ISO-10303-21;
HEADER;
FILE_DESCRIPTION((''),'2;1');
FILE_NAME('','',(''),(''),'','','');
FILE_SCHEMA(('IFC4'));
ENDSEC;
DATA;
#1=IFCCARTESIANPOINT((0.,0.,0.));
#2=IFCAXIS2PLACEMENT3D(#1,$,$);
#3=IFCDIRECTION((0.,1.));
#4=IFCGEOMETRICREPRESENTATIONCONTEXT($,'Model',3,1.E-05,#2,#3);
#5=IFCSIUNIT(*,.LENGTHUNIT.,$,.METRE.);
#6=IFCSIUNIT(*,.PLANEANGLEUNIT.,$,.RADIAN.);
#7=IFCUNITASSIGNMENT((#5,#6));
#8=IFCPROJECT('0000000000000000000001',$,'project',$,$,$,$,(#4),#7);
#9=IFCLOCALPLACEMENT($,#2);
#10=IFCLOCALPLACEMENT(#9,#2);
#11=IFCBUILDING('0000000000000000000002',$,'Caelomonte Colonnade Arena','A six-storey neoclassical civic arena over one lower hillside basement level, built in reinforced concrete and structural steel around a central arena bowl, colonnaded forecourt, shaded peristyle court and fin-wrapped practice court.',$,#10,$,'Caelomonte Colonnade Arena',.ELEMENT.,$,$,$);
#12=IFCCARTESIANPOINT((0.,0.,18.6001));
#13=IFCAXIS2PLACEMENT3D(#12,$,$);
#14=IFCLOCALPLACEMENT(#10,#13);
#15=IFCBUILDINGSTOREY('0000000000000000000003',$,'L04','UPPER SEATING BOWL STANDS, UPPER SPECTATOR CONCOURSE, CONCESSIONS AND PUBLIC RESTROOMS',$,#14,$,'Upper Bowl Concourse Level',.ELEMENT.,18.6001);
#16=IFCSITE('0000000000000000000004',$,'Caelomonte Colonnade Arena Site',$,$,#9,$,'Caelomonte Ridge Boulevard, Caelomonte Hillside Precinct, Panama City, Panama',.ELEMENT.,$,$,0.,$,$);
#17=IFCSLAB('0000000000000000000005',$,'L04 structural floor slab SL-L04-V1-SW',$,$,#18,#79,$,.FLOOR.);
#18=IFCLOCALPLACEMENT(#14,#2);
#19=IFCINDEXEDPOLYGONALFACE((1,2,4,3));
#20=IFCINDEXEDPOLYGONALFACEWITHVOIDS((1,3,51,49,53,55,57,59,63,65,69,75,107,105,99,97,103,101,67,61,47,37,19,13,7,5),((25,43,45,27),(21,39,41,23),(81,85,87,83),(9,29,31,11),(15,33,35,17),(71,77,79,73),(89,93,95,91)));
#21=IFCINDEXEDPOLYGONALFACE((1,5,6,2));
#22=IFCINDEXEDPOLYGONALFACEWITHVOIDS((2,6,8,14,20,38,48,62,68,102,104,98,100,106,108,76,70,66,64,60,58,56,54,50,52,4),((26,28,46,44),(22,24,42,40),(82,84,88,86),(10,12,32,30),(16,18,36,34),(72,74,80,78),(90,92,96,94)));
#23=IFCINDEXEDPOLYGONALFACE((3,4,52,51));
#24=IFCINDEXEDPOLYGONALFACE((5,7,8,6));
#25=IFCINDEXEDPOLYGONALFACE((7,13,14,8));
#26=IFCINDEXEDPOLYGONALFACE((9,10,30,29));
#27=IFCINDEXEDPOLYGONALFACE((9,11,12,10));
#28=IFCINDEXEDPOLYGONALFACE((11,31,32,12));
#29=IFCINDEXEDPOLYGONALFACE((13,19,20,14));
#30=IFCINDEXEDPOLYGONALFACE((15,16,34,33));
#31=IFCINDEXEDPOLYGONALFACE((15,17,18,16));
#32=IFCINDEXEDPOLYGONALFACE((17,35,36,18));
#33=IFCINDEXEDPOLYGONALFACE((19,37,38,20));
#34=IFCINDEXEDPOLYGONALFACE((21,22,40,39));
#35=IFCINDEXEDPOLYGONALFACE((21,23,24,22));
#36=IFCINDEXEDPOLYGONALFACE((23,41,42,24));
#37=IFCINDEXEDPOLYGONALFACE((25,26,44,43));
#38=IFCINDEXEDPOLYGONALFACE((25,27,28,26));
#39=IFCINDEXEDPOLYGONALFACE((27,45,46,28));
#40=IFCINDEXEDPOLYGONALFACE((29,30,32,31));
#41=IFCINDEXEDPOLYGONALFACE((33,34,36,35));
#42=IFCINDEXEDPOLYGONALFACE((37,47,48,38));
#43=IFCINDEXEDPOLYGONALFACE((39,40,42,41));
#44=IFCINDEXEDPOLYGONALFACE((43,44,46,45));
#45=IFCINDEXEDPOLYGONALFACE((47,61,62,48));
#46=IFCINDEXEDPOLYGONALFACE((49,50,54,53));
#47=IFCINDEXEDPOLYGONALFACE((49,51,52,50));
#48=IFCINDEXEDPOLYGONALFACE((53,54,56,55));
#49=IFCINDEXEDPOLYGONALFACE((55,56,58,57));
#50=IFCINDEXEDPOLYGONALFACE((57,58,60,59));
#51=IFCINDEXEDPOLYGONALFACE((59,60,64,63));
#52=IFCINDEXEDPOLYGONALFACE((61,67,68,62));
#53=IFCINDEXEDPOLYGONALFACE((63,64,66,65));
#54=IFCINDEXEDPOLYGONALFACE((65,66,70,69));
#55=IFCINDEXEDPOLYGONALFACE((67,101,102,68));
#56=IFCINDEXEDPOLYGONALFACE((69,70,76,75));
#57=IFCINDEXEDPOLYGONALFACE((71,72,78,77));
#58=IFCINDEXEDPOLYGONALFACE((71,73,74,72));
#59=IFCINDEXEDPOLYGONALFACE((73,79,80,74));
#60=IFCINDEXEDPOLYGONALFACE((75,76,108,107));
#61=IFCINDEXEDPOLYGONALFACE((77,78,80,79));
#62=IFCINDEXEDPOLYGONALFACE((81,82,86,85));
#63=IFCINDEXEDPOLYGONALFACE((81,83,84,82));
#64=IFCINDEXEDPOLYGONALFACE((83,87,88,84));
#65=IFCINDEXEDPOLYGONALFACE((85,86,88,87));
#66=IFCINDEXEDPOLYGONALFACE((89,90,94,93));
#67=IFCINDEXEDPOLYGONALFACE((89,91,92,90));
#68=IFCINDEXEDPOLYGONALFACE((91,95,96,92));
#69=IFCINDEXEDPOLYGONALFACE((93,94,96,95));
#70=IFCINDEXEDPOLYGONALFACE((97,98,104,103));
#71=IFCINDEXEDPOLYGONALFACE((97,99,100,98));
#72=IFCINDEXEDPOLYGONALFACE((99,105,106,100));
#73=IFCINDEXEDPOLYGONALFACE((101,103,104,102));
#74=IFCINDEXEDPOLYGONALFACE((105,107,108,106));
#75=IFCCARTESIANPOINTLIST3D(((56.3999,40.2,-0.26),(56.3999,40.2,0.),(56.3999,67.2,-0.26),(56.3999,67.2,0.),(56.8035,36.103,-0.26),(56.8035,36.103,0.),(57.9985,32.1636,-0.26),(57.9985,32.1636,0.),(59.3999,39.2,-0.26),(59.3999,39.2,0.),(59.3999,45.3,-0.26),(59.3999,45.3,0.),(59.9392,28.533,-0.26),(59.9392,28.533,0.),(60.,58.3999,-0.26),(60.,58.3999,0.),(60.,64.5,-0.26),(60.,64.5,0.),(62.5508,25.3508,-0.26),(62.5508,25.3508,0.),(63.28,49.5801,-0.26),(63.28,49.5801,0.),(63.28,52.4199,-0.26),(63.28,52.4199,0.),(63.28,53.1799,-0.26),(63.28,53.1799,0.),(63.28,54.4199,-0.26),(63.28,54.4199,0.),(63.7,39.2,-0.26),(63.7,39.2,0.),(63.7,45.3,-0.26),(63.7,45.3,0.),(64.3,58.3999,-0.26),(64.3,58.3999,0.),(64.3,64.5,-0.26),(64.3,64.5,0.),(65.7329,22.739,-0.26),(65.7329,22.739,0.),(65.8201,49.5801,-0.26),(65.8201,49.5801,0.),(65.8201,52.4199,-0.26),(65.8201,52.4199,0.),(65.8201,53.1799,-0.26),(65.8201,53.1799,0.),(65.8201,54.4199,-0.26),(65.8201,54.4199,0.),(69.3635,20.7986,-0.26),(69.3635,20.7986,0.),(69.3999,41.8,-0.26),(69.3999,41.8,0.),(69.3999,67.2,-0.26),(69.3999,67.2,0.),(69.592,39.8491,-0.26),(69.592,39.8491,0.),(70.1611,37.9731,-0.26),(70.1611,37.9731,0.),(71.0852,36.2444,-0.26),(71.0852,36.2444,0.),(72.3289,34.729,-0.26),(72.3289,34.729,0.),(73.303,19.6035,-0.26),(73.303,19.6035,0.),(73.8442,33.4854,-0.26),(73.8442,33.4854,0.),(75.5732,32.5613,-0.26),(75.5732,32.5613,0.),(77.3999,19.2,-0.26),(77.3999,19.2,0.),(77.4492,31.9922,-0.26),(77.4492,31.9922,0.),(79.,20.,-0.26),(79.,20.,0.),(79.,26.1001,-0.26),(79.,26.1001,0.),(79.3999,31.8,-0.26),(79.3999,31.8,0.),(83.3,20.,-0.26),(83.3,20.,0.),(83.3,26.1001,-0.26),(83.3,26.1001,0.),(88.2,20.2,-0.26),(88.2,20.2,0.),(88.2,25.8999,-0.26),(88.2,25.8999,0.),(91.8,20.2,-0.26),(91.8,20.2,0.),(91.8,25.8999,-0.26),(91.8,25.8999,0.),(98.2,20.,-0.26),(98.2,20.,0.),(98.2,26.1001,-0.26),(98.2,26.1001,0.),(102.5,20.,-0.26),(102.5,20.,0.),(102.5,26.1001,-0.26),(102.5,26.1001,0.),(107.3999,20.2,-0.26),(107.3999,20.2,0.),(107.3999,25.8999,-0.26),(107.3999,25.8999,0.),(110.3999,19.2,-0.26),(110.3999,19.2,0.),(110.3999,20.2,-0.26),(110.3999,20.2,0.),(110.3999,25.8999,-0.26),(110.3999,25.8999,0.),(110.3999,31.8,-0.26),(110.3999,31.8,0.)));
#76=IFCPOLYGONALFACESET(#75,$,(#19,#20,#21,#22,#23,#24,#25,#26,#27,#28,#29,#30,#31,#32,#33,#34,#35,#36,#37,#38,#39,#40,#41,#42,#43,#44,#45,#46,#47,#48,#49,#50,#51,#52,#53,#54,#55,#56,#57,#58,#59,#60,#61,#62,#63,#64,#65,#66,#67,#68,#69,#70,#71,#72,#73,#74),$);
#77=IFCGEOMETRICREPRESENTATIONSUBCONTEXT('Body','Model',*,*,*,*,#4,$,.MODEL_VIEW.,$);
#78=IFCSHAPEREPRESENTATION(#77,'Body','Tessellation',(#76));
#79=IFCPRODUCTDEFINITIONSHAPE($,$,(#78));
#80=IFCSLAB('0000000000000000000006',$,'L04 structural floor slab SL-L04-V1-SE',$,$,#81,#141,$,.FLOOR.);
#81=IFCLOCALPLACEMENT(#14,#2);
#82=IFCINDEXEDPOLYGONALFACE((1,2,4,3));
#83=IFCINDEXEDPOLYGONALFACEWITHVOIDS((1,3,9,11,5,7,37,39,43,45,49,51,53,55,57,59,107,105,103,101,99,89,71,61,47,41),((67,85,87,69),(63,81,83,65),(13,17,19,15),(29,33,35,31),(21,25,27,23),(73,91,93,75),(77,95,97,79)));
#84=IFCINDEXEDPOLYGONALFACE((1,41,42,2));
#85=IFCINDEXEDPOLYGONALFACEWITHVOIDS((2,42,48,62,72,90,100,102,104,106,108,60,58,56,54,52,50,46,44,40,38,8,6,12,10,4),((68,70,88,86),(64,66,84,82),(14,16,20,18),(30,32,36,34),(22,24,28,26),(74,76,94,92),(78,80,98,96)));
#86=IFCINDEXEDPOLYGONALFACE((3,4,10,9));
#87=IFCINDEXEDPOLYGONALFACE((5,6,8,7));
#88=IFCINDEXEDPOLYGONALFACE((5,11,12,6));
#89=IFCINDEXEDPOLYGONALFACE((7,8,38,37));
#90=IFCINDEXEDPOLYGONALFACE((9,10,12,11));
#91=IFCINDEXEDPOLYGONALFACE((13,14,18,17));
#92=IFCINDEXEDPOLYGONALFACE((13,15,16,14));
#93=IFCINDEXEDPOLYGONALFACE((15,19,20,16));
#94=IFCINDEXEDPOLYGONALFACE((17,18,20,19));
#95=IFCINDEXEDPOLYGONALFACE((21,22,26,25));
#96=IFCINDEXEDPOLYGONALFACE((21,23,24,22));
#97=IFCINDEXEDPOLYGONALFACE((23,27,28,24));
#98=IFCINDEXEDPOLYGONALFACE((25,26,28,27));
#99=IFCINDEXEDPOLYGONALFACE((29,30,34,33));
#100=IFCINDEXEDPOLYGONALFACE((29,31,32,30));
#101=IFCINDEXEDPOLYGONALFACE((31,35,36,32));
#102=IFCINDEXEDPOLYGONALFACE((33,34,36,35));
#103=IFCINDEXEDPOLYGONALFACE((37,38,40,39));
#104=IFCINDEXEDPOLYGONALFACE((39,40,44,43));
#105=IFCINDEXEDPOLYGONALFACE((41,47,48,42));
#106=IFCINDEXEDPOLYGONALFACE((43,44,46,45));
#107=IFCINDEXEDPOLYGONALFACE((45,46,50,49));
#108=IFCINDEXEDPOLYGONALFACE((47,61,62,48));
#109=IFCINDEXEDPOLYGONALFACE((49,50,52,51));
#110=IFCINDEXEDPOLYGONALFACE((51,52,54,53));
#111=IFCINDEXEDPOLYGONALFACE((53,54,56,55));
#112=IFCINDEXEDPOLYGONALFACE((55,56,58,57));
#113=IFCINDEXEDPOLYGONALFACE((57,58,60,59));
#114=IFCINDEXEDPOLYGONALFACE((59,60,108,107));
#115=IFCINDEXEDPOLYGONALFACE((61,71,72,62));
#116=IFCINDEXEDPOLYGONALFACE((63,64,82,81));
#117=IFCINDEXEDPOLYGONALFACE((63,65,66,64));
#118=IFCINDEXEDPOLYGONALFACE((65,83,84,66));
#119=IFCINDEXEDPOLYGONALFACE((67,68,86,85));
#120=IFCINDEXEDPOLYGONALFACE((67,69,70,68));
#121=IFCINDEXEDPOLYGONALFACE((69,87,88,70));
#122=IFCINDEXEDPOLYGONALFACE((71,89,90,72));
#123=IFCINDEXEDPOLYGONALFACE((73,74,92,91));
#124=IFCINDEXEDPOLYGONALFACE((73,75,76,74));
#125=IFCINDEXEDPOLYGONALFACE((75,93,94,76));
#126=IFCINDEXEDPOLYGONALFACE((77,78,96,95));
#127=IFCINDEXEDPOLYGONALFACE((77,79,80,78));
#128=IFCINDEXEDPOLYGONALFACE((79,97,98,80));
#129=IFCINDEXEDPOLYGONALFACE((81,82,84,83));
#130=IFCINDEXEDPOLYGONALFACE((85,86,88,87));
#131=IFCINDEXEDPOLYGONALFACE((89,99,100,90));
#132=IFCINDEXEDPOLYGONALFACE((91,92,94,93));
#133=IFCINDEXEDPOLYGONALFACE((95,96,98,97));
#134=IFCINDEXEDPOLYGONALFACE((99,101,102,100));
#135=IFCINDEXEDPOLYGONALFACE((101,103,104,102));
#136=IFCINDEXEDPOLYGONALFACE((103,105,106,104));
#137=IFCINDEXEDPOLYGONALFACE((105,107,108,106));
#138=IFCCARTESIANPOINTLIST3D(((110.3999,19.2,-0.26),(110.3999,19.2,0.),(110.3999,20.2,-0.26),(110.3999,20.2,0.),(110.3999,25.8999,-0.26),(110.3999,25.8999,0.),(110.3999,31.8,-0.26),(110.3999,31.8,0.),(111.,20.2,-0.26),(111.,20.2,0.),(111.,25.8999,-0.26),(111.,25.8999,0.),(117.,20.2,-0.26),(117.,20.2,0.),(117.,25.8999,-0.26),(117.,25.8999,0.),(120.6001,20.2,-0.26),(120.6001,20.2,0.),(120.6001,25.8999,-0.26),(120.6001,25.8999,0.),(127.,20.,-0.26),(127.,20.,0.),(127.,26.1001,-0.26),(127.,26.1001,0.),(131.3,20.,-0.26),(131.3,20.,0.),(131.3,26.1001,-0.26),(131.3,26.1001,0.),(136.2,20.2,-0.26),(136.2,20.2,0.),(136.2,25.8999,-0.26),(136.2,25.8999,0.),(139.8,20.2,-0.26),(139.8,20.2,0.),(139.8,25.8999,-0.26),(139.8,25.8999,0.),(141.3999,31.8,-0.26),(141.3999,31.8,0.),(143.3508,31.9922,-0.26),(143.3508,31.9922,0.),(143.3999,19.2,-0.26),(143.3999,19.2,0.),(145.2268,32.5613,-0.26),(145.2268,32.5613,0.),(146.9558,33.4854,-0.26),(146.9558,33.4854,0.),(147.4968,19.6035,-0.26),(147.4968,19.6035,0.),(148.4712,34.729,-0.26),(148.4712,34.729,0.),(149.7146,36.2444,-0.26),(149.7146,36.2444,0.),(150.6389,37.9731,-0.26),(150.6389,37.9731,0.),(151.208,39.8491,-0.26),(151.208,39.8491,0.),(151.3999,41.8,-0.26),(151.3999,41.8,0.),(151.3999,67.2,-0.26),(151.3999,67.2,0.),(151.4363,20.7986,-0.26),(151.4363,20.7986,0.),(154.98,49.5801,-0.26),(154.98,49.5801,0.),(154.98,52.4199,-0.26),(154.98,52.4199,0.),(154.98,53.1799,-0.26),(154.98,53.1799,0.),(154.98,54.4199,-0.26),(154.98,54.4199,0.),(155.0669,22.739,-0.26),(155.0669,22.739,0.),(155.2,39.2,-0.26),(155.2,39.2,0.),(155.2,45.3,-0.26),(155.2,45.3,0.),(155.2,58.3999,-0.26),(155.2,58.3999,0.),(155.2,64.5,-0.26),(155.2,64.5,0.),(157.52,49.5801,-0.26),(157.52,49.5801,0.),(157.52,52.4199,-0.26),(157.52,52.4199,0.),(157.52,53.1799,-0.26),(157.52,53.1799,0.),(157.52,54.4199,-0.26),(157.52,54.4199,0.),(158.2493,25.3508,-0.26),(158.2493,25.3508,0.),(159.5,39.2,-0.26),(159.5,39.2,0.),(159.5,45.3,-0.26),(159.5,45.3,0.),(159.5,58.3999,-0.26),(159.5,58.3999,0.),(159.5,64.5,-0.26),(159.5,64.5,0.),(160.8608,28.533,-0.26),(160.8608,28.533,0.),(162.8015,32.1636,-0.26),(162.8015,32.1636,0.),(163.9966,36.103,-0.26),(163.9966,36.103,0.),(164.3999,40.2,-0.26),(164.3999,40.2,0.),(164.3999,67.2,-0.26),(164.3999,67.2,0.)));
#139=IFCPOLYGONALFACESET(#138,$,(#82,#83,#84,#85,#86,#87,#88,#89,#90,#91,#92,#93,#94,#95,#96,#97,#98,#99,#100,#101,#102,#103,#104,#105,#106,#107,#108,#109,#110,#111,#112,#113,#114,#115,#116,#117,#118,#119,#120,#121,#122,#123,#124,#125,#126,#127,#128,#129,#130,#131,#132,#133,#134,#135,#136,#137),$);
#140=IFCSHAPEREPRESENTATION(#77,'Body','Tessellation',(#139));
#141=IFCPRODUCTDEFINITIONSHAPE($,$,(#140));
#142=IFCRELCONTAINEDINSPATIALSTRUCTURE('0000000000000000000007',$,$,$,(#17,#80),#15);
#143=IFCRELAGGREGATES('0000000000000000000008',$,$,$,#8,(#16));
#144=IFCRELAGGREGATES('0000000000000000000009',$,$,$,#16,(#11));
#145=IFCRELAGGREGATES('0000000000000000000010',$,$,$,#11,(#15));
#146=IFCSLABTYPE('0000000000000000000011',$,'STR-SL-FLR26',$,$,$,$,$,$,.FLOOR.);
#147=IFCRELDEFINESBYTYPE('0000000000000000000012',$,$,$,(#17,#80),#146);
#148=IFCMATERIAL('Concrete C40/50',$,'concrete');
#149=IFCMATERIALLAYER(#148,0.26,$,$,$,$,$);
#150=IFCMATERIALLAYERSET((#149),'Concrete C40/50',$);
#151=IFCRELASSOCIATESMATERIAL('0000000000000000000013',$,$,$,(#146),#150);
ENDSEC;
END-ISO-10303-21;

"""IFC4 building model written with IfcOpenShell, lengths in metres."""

from ifc_helpers import new_model, si_unit, direction, frame, origin, place, context, subcontext, project, spatial, polyline, outline, extrude, material, layer, layer_set, type_object, element, save


model = new_model("IFC4")

# Units and contexts
model_context = context("Model", 3, precision=1e-05, world=origin(), true_north=direction((0.0, 1.0)))
body_context = subcontext(model_context, "Body", "Model", "MODEL_VIEW")
ifc_project = project(units=[si_unit("LENGTHUNIT", "METRE"), si_unit("PLANEANGLEUNIT", "RADIAN")], contexts=[model_context])

# Site, building, storey
site_placement = place(None, origin())
site = spatial("IfcSite", under=ifc_project, at=site_placement, Name="Caelomonte Colonnade Arena Site", LongName="Caelomonte Ridge Boulevard, Caelomonte Hillside Precinct, Panama City, Panama", CompositionType="ELEMENT", RefElevation=0.0)
building_placement = place(site_placement, origin())
building = spatial("IfcBuilding", under=site, at=building_placement, Name="Caelomonte Colonnade Arena", Description="A six-storey neoclassical civic arena over one lower hillside basement level, built in reinforced concrete and structural steel around a central arena bowl, colonnaded forecourt, shaded peristyle court and fin-wrapped practice court.", LongName="Caelomonte Colonnade Arena", CompositionType="ELEMENT")
storey_placement = place(building_placement, frame((0.0, 0.0, 18.6001)))
storey = spatial("IfcBuildingStorey", under=building, at=storey_placement, Name="L04", Description="UPPER SEATING BOWL STANDS, UPPER SPECTATOR CONCOURSE, CONCESSIONS AND PUBLIC RESTROOMS", LongName="Upper Bowl Concourse Level", CompositionType="ELEMENT", Elevation=18.6001)

# Shared definitions
ifc_material_1 = material(Name="Concrete C40/50", Category="concrete")

# Slabs
ifc_layer_1 = layer(ifc_material_1, 0.26)
ifc_layer_set_1 = layer_set([ifc_layer_1], Name="Concrete C40/50")
slab_type_1 = type_object("IfcSlabType", Name="STR-SL-FLR26", PredefinedType="FLOOR", material=ifc_layer_set_1)
slab_1_placement = place(storey_placement, frame((0.0, 0.0, -0.26)))
element("IfcSlab", 1, at=slab_1_placement, inside=storey, type_object=slab_type_1, Name="L04 structural floor slab SL-L04-V1-SW", PredefinedType="FLOOR", context=body_context, shape_type="SweptSolid", body=[
    extrude(outline(polyline([(73.303, 19.6035), (77.3999, 19.2), (110.3999, 19.2), (110.3999, 20.2), (107.3999, 20.2), (107.3999, 25.8999), (110.3999, 25.8999), (110.3999, 31.8), (79.3999, 31.8), (77.4492, 31.9922), (75.5732, 32.5613), (73.8442, 33.4854), (72.3289, 34.729), (71.0852, 36.2444), (70.1611, 37.9731), (69.592, 39.8491), (69.3999, 41.8), (69.3999, 67.2), (56.3999, 67.2), (56.3999, 40.2), (56.8035, 36.103), (57.9985, 32.1636), (59.9392, 28.533), (62.5508, 25.3508), (65.7329, 22.739), (69.3635, 20.7986), (73.303, 19.6035)]), holes=[polyline([(91.8, 25.8999), (91.8, 20.2), (88.2, 20.2), (88.2, 25.8999), (91.8, 25.8999)]), polyline([(83.3, 26.1001), (83.3, 20.0), (79.0, 20.0), (79.0, 26.1001), (83.3, 26.1001)]), polyline([(102.5, 26.1001), (102.5, 20.0), (98.2, 20.0), (98.2, 26.1001), (102.5, 26.1001)]), polyline([(63.7, 45.3), (63.7, 39.2), (59.3999, 39.2), (59.3999, 45.3), (63.7, 45.3)]), polyline([(63.28, 49.5801), (63.28, 52.4199), (65.8201, 52.4199), (65.8201, 49.5801), (63.28, 49.5801)]), polyline([(63.28, 53.1799), (63.28, 54.4199), (65.8201, 54.4199), (65.8201, 53.1799), (63.28, 53.1799)]), polyline([(64.3, 64.5), (64.3, 58.3999), (60.0, 58.3999), (60.0, 64.5), (64.3, 64.5)])]), origin(), (0.0, 0.0, 1.0), 0.26),
])
slab_2_placement = place(storey_placement, frame((0.0, 0.0, -0.26)))
element("IfcSlab", 2, at=slab_2_placement, inside=storey, type_object=slab_type_1, Name="L04 structural floor slab SL-L04-V1-SE", PredefinedType="FLOOR", context=body_context, shape_type="SweptSolid", body=[
    extrude(outline(polyline([(164.3999, 40.2), (164.3999, 67.2), (151.3999, 67.2), (151.3999, 41.8), (151.208, 39.8491), (150.6389, 37.9731), (149.7146, 36.2444), (148.4712, 34.729), (146.9558, 33.4854), (145.2268, 32.5613), (143.3508, 31.9922), (141.3999, 31.8), (110.3999, 31.8), (110.3999, 25.8999), (111.0, 25.8999), (111.0, 20.2), (110.3999, 20.2), (110.3999, 19.2), (143.3999, 19.2), (147.4968, 19.6035), (151.4363, 20.7986), (155.0669, 22.739), (158.2493, 25.3508), (160.8608, 28.533), (162.8015, 32.1636), (163.9966, 36.103), (164.3999, 40.2)]), holes=[polyline([(120.6001, 25.8999), (120.6001, 20.2), (117.0, 20.2), (117.0, 25.8999), (120.6001, 25.8999)]), polyline([(139.8, 25.8999), (139.8, 20.2), (136.2, 20.2), (136.2, 25.8999), (139.8, 25.8999)]), polyline([(131.3, 26.1001), (131.3, 20.0), (127.0, 20.0), (127.0, 26.1001), (131.3, 26.1001)]), polyline([(159.5, 45.3), (159.5, 39.2), (155.2, 39.2), (155.2, 45.3), (159.5, 45.3)]), polyline([(154.98, 49.5801), (154.98, 52.4199), (157.52, 52.4199), (157.52, 49.5801), (154.98, 49.5801)]), polyline([(154.98, 53.1799), (154.98, 54.4199), (157.52, 54.4199), (157.52, 53.1799), (154.98, 53.1799)]), polyline([(159.5, 64.5), (159.5, 58.3999), (155.2, 58.3999), (155.2, 64.5), (159.5, 64.5)])]), origin(), (0.0, 0.0, 1.0), 0.26),
])

save(model, "model.ifc")
